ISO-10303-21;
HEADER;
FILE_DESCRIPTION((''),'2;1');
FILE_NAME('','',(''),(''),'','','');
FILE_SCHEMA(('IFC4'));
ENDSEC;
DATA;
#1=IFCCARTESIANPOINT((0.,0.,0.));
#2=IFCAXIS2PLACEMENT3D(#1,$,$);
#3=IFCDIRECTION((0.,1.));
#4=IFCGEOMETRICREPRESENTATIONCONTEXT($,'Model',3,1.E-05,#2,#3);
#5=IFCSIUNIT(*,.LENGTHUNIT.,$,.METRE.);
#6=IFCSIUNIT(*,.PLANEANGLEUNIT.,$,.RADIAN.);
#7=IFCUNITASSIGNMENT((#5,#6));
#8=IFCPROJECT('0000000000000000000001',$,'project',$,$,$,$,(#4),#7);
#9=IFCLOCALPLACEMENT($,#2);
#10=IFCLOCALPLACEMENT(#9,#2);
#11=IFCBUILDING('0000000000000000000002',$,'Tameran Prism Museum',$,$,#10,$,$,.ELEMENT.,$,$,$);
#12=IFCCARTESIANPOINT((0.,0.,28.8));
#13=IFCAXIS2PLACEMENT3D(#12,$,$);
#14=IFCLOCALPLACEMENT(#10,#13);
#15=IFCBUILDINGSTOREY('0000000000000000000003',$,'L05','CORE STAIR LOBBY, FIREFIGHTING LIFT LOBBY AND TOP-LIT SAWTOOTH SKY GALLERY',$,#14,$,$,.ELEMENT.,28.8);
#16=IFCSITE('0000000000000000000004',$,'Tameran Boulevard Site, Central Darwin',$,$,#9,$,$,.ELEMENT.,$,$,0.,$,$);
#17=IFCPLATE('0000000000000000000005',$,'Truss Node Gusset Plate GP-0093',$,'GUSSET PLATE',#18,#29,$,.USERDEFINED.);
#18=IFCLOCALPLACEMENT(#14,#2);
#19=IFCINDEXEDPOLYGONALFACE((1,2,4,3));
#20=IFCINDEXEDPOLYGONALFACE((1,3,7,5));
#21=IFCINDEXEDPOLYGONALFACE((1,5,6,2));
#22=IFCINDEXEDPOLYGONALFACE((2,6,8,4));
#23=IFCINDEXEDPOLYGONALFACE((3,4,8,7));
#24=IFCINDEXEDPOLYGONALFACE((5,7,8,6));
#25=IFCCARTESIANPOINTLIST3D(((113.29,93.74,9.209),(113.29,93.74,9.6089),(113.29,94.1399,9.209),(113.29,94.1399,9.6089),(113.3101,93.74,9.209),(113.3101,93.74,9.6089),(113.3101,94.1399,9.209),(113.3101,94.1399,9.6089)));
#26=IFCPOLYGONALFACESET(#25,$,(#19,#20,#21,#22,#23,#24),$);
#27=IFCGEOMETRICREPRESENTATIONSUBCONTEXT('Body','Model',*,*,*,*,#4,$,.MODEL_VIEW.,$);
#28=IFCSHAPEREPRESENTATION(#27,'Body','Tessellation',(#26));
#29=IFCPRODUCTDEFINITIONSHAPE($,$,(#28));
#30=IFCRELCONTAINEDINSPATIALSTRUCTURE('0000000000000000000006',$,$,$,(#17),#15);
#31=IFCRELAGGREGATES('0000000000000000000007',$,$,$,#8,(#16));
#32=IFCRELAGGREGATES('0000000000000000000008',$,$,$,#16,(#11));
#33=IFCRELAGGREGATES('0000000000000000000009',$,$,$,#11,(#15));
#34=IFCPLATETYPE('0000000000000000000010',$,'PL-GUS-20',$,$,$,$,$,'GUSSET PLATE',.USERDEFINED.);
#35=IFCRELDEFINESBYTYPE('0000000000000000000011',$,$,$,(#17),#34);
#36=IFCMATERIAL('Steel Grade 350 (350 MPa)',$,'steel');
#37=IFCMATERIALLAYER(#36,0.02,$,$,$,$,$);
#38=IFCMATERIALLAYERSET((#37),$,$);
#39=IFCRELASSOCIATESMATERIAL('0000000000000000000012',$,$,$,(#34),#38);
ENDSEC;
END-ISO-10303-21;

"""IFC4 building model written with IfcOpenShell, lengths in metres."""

from ifc_helpers import new_model, si_unit, direction, frame, origin, origin_2d, place, context, subcontext, project, spatial, rectangle, extrude, material, layer, layer_set, type_object, element, save


model = new_model("IFC4")

# Units and contexts
model_context = context("Model", 3, precision=1e-05, world=origin(), true_north=direction((0.0, 1.0)))
body_context = subcontext(model_context, "Body", "Model", "MODEL_VIEW")
ifc_project = project(units=[si_unit("LENGTHUNIT", "METRE"), si_unit("PLANEANGLEUNIT", "RADIAN")], contexts=[model_context])

# Site, building, storey
site_placement = place(None, origin())
site = spatial("IfcSite", under=ifc_project, at=site_placement, Name="Tameran Boulevard Site, Central Darwin", CompositionType="ELEMENT", RefElevation=0.0)
building_placement = place(site_placement, origin())
building = spatial("IfcBuilding", under=site, at=building_placement, Name="Tameran Prism Museum", CompositionType="ELEMENT")
storey_placement = place(building_placement, frame((0.0, 0.0, 28.8)))
storey = spatial("IfcBuildingStorey", under=building, at=storey_placement, Name="L05", Description="CORE STAIR LOBBY, FIREFIGHTING LIFT LOBBY AND TOP-LIT SAWTOOTH SKY GALLERY", CompositionType="ELEMENT", Elevation=28.8)

# Plate
ifc_material_1 = material(Name="Steel Grade 350 (350 MPa)", Category="steel")
ifc_layer_1 = layer(ifc_material_1, 0.02)
ifc_layer_set_1 = layer_set([ifc_layer_1])
plate_type_1 = type_object("IfcPlateType", Name="PL-GUS-20", ElementType="GUSSET PLATE", PredefinedType="USERDEFINED", material=ifc_layer_set_1)
for number, where, z_axis, x_axis, name in (
    (1, (113.3, 93.9399, 9.209), (0.0, 0.0, 1.0), (1.0, 0.0, 0.0), "Truss Node Gusset Plate GP-0093"),
):
    element("IfcPlate", number, at=place(storey_placement, frame(where, z_axis=z_axis, x_axis=x_axis)), inside=storey, type_object=plate_type_1, Name=name, ObjectType="GUSSET PLATE", PredefinedType="USERDEFINED", context=body_context, shape_type="SweptSolid", body=[
        extrude(rectangle(XDim=0.02, YDim=0.3999, at=origin_2d()), origin(), (0.0, 0.0, 1.0), 0.3999),
    ])

save(model, "model.ifc")
